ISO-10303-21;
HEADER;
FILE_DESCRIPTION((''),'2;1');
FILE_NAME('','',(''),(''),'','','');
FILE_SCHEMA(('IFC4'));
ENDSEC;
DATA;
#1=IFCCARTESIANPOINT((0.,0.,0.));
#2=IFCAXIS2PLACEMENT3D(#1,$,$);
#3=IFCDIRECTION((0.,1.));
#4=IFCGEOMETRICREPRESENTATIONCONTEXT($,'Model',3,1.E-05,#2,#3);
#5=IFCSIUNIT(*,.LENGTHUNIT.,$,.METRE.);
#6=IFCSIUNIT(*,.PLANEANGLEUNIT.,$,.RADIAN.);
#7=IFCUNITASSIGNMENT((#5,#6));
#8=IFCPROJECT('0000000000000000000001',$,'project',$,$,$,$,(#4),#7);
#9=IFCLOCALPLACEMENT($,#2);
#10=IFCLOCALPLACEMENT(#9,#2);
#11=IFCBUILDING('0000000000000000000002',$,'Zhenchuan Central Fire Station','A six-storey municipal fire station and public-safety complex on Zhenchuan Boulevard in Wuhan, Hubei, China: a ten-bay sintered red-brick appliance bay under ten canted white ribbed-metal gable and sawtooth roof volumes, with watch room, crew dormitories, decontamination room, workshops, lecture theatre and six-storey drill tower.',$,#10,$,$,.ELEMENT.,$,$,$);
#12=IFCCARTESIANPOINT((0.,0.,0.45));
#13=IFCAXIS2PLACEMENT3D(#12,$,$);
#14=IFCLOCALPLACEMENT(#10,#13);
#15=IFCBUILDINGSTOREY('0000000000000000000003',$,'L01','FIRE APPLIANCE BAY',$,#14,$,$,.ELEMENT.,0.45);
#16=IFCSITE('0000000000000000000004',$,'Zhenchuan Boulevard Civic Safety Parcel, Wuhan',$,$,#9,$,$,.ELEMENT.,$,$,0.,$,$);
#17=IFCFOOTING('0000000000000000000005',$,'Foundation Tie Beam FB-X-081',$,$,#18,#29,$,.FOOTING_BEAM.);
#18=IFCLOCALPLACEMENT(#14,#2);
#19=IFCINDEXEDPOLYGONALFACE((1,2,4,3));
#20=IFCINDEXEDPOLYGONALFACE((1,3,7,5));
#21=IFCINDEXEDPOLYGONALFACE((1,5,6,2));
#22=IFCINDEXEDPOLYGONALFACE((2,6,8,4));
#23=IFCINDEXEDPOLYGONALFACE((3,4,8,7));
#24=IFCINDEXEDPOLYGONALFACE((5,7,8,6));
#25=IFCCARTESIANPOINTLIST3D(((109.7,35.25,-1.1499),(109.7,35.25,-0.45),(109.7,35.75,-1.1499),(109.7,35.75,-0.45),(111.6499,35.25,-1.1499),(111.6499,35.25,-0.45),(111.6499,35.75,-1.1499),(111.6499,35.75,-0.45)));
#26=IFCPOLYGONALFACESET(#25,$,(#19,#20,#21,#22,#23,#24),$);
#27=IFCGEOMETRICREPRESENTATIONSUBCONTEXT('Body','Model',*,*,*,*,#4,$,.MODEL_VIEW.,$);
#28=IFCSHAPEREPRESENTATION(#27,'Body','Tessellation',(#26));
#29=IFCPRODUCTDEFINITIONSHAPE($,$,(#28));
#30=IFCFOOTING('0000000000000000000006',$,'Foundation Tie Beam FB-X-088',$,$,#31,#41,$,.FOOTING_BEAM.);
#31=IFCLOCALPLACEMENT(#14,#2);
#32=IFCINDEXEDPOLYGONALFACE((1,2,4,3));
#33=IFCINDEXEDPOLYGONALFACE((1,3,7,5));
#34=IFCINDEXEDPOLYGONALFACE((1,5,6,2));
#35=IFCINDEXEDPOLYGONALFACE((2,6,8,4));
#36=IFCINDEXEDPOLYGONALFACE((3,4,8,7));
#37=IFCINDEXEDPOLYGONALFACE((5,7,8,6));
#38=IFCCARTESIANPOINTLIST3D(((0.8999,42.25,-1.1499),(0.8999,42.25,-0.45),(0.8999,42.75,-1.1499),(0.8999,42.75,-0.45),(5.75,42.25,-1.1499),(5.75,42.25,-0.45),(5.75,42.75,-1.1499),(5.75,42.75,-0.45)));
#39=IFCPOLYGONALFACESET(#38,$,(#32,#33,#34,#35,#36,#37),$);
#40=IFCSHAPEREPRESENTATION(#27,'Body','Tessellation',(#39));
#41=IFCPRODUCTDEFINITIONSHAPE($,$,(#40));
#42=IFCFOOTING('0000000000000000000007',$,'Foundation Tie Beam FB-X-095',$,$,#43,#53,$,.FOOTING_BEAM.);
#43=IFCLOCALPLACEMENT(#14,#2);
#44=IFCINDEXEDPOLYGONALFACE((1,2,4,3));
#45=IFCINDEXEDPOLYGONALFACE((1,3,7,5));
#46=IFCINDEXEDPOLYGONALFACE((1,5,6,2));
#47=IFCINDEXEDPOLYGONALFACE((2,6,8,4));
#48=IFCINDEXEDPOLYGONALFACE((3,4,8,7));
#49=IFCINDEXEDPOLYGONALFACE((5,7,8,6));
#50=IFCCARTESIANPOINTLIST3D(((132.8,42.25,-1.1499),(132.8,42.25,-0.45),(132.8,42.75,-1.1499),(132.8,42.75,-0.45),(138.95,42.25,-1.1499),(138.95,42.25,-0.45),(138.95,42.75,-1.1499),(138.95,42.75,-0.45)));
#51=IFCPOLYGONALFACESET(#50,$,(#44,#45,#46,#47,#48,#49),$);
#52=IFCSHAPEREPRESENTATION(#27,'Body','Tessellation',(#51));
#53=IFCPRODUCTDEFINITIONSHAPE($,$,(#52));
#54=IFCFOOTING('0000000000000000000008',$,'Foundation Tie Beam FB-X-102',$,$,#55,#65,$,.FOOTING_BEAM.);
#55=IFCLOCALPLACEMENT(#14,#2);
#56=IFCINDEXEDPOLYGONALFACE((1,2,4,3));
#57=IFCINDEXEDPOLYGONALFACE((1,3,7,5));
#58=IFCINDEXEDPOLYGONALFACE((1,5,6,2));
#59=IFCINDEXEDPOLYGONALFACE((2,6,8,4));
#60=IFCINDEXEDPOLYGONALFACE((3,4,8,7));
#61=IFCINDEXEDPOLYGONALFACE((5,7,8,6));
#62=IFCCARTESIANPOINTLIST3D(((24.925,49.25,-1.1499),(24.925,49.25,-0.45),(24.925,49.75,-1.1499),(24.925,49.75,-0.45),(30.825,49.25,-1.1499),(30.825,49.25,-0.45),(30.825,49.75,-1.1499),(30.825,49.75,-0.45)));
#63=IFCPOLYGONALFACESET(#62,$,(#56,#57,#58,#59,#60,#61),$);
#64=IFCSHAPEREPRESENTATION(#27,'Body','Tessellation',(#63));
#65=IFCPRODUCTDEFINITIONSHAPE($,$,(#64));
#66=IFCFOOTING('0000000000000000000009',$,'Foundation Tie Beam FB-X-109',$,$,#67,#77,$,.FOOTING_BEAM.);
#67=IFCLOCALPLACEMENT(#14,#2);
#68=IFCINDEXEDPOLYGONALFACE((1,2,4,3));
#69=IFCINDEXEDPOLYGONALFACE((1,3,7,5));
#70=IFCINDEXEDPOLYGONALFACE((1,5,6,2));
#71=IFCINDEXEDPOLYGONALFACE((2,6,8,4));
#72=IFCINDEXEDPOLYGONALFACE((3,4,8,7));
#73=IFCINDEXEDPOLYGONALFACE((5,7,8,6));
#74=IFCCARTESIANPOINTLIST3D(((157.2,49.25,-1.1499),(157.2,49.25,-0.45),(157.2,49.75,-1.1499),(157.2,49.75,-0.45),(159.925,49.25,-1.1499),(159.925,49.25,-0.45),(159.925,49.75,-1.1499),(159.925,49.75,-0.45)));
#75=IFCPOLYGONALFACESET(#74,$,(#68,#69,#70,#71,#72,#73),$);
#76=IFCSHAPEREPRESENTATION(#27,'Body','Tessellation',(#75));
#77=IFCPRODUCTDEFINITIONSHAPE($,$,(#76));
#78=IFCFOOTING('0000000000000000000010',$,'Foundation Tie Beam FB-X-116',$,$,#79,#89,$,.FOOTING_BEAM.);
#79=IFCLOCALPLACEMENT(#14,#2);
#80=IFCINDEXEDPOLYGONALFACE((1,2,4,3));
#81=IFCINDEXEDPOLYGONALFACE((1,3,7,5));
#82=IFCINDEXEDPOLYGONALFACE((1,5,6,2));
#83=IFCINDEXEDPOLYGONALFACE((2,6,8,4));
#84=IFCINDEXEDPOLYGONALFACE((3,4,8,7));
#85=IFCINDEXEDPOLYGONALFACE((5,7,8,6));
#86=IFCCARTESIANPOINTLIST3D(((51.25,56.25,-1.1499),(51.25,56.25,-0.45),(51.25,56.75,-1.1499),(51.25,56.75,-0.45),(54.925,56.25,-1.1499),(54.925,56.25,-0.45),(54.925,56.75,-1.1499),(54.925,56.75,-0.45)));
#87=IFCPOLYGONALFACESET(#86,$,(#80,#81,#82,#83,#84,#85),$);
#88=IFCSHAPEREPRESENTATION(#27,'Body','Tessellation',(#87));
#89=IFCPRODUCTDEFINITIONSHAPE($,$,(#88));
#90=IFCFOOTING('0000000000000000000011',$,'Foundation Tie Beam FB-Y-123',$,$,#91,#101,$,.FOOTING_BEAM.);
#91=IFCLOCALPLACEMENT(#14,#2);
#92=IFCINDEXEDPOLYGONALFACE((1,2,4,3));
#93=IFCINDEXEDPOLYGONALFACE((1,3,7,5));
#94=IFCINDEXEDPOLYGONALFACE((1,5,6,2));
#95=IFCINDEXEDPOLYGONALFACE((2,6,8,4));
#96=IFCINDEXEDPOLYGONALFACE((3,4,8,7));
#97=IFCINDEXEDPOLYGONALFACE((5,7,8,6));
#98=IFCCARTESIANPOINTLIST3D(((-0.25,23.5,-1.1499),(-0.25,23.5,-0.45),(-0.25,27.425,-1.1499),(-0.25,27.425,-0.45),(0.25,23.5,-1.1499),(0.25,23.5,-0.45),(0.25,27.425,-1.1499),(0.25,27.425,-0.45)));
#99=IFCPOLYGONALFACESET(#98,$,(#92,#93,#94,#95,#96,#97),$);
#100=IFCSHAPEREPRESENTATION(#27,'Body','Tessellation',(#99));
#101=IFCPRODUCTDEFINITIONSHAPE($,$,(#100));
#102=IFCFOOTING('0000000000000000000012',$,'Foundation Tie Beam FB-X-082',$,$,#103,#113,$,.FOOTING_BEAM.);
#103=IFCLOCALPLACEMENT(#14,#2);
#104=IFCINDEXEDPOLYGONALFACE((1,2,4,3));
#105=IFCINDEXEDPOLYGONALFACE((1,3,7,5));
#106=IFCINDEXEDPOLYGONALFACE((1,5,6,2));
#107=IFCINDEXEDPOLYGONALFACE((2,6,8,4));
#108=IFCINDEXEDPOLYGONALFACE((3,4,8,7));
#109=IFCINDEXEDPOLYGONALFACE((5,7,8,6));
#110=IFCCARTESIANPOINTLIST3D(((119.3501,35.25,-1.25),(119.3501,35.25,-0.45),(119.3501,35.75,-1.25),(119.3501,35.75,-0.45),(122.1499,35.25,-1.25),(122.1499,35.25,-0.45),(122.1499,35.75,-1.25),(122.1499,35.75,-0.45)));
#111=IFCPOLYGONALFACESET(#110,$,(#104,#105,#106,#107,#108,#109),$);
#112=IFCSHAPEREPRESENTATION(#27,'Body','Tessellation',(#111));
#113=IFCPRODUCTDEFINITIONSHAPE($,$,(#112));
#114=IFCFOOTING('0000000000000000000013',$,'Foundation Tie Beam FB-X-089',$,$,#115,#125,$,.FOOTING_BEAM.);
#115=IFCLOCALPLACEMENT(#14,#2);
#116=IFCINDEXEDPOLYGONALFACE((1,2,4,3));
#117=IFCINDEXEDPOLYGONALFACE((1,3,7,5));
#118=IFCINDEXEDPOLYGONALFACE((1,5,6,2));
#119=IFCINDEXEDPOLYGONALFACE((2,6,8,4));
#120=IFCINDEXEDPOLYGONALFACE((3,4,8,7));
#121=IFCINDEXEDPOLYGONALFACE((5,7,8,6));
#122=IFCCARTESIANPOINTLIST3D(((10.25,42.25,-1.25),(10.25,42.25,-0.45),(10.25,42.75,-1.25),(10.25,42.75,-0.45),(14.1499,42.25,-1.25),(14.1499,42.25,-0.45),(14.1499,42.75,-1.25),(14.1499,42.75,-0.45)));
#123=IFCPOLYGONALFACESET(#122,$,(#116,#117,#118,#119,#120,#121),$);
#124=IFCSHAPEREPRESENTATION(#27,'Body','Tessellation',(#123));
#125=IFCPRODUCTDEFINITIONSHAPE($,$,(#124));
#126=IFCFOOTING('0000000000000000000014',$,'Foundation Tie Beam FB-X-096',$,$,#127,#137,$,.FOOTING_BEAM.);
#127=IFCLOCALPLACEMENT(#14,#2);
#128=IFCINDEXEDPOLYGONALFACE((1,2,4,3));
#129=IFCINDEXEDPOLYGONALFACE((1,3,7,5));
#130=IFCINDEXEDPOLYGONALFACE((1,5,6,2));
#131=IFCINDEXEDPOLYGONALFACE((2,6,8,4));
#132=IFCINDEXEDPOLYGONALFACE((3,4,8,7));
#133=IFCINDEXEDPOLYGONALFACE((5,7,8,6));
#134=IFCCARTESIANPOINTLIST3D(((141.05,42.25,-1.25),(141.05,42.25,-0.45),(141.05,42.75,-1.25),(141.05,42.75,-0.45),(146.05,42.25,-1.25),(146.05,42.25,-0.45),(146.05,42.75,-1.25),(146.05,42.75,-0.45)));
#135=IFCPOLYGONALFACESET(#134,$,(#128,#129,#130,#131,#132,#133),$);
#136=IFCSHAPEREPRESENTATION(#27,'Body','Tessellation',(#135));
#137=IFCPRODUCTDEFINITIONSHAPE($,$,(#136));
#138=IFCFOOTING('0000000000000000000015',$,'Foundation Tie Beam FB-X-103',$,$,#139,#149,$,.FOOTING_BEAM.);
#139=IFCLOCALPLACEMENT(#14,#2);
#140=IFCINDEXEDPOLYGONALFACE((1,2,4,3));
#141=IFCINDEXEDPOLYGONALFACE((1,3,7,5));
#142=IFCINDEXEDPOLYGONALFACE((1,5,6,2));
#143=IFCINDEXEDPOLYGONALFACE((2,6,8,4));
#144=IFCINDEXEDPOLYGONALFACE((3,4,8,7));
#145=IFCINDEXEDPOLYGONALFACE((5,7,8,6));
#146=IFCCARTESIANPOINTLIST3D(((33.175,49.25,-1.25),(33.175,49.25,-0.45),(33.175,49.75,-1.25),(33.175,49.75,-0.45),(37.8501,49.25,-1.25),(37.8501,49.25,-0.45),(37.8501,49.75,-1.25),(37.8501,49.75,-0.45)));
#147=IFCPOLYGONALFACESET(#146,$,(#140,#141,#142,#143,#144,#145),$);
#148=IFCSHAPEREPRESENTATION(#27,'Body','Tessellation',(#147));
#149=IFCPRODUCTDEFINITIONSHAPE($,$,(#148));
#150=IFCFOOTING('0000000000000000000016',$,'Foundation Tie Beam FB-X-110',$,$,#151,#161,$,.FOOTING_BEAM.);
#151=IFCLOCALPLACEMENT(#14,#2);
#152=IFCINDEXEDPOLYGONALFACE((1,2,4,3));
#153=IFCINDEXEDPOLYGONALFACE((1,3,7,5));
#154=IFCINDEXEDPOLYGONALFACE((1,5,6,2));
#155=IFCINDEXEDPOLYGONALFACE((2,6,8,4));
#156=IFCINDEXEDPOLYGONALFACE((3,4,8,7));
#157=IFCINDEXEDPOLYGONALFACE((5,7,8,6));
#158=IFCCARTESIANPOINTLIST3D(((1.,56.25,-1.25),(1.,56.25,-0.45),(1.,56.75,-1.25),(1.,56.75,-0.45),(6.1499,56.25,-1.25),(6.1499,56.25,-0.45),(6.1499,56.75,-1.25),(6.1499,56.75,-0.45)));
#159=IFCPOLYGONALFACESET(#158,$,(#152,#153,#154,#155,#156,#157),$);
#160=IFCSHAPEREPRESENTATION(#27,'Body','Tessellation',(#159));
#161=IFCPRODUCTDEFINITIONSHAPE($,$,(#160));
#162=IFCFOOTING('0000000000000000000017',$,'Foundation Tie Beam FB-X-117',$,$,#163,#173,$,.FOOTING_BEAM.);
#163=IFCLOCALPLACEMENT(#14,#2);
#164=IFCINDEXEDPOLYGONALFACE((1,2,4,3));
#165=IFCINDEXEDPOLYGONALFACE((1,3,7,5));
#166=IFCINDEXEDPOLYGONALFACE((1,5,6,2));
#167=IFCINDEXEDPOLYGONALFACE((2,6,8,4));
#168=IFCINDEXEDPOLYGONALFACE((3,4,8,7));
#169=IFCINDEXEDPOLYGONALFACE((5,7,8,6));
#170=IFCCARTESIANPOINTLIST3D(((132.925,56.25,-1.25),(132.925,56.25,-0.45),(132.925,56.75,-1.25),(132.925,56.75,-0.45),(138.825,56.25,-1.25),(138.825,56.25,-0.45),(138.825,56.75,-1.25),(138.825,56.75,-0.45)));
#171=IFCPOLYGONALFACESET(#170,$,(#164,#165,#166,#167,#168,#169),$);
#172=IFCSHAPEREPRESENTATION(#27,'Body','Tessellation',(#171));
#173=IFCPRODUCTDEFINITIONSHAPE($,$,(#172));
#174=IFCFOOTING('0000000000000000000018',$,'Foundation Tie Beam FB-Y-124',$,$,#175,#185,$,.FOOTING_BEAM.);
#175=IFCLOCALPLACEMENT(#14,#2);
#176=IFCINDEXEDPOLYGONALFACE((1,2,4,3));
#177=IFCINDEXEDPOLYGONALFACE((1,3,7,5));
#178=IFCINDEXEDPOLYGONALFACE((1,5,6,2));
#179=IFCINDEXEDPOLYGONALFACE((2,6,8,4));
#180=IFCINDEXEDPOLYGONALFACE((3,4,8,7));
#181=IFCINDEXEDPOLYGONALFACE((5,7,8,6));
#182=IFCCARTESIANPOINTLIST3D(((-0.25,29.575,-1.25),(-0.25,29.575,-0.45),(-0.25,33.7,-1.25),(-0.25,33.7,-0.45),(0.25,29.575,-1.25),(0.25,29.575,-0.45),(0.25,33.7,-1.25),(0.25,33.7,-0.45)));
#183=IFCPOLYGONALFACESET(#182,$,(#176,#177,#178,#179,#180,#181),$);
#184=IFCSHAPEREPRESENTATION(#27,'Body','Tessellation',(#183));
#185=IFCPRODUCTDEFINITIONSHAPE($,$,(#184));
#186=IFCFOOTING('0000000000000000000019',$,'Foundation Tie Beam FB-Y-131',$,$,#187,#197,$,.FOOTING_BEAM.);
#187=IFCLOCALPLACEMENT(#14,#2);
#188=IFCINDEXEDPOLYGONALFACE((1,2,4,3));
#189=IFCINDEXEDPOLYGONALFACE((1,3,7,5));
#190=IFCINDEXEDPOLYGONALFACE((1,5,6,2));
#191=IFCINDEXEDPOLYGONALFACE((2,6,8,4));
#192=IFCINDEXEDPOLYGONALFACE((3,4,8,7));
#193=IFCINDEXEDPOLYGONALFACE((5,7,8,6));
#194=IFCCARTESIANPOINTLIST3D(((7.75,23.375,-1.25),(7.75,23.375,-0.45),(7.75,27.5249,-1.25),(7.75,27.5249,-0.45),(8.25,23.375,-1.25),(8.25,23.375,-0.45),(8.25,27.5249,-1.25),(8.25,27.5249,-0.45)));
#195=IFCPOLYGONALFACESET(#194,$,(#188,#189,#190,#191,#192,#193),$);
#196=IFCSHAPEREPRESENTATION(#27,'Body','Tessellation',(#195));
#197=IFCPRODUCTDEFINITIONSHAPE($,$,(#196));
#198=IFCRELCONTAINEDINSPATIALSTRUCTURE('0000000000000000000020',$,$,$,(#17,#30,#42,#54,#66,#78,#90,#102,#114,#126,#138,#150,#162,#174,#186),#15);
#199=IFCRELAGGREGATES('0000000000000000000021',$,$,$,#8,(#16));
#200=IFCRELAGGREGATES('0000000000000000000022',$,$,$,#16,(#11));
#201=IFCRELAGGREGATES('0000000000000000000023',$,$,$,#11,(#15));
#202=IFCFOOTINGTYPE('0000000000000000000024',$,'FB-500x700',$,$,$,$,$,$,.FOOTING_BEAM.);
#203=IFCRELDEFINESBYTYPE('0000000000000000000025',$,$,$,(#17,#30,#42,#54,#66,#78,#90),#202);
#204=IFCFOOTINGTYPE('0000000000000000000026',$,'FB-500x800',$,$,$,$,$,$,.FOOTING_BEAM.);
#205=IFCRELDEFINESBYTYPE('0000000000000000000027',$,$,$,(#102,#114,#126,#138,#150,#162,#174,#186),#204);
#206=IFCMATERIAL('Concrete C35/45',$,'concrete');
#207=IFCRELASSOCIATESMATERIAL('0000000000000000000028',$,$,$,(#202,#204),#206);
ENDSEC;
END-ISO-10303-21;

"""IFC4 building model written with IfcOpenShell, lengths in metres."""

from ifc_helpers import new_model, si_unit, direction, frame, origin, place, context, subcontext, project, spatial, polyline, outline, extrude, material, type_object, element, save


model = new_model("IFC4")

# Units and contexts
model_context = context("Model", 3, precision=1e-05, world=origin(), true_north=direction((0.0, 1.0)))
body_context = subcontext(model_context, "Body", "Model", "MODEL_VIEW")
ifc_project = project(units=[si_unit("LENGTHUNIT", "METRE"), si_unit("PLANEANGLEUNIT", "RADIAN")], contexts=[model_context])

# Site, building, storey
site_placement = place(None, origin())
site = spatial("IfcSite", under=ifc_project, at=site_placement, Name="Zhenchuan Boulevard Civic Safety Parcel, Wuhan", CompositionType="ELEMENT", RefElevation=0.0)
building_placement = place(site_placement, origin())
building = spatial("IfcBuilding", under=site, at=building_placement, Name="Zhenchuan Central Fire Station", Description="A six-storey municipal fire station and public-safety complex on Zhenchuan Boulevard in Wuhan, Hubei, China: a ten-bay sintered red-brick appliance bay under ten canted white ribbed-metal gable and sawtooth roof volumes, with watch room, crew dormitories, decontamination room, workshops, lecture theatre and six-storey drill tower.", CompositionType="ELEMENT")
storey_placement = place(building_placement, frame((0.0, 0.0, 0.45)))
storey = spatial("IfcBuildingStorey", under=building, at=storey_placement, Name="L01", Description="FIRE APPLIANCE BAY", CompositionType="ELEMENT", Elevation=0.45)

# Footings
ifc_material = material(Name="Concrete C35/45", Category="concrete")
footing_type_1 = type_object("IfcFootingType", Name="FB-500x700", PredefinedType="FOOTING_BEAM", material=ifc_material)
footing_1_placement = place(storey_placement, frame((0.0, 0.0, -1.1499)))
element("IfcFooting", 1, at=footing_1_placement, inside=storey, type_object=footing_type_1, Name="Foundation Tie Beam FB-X-081", PredefinedType="FOOTING_BEAM", context=body_context, shape_type="SweptSolid", body=[
    extrude(outline(polyline([(109.7, 35.25), (111.6499, 35.25), (111.6499, 35.75), (109.7, 35.75), (109.7, 35.25)])), origin(), (0.0, 0.0, 1.0), 0.7),
])
footing_2_placement = place(storey_placement, frame((0.0, 0.0, -1.1499)))
element("IfcFooting", 2, at=footing_2_placement, inside=storey, type_object=footing_type_1, Name="Foundation Tie Beam FB-X-088", PredefinedType="FOOTING_BEAM", context=body_context, shape_type="SweptSolid", body=[
    extrude(outline(polyline([(0.8999, 42.25), (5.75, 42.25), (5.75, 42.75), (0.8999, 42.75), (0.8999, 42.25)])), origin(), (0.0, 0.0, 1.0), 0.7),
])
footing_3_placement = place(storey_placement, frame((0.0, 0.0, -1.1499)))
element("IfcFooting", 3, at=footing_3_placement, inside=storey, type_object=footing_type_1, Name="Foundation Tie Beam FB-X-095", PredefinedType="FOOTING_BEAM", context=body_context, shape_type="SweptSolid", body=[
    extrude(outline(polyline([(132.8, 42.25), (138.95, 42.25), (138.95, 42.75), (132.8, 42.75), (132.8, 42.25)])), origin(), (0.0, 0.0, 1.0), 0.7),
])
footing_4_placement = place(storey_placement, frame((0.0, 0.0, -1.1499)))
element("IfcFooting", 4, at=footing_4_placement, inside=storey, type_object=footing_type_1, Name="Foundation Tie Beam FB-X-102", PredefinedType="FOOTING_BEAM", context=body_context, shape_type="SweptSolid", body=[
    extrude(outline(polyline([(24.925, 49.25), (30.825, 49.25), (30.825, 49.75), (24.925, 49.75), (24.925, 49.25)])), origin(), (0.0, 0.0, 1.0), 0.7),
])
footing_5_placement = place(storey_placement, frame((0.0, 0.0, -1.1499)))
element("IfcFooting", 5, at=footing_5_placement, inside=storey, type_object=footing_type_1, Name="Foundation Tie Beam FB-X-109", PredefinedType="FOOTING_BEAM", context=body_context, shape_type="SweptSolid", body=[
    extrude(outline(polyline([(157.2, 49.25), (159.925, 49.25), (159.925, 49.75), (157.2, 49.75), (157.2, 49.25)])), origin(), (0.0, 0.0, 1.0), 0.7),
])
footing_6_placement = place(storey_placement, frame((0.0, 0.0, -1.1499)))
element("IfcFooting", 6, at=footing_6_placement, inside=storey, type_object=footing_type_1, Name="Foundation Tie Beam FB-X-116", PredefinedType="FOOTING_BEAM", context=body_context, shape_type="SweptSolid", body=[
    extrude(outline(polyline([(51.25, 56.25), (54.925, 56.25), (54.925, 56.75), (51.25, 56.75), (51.25, 56.25)])), origin(), (0.0, 0.0, 1.0), 0.7),
])
footing_7_placement = place(storey_placement, frame((0.0, 0.0, -1.1499)))
element("IfcFooting", 7, at=footing_7_placement, inside=storey, type_object=footing_type_1, Name="Foundation Tie Beam FB-Y-123", PredefinedType="FOOTING_BEAM", context=body_context, shape_type="SweptSolid", body=[
    extrude(outline(polyline([(-0.25, 23.5), (0.25, 23.5), (0.25, 27.425), (-0.25, 27.425), (-0.25, 23.5)])), origin(), (0.0, 0.0, 1.0), 0.7),
])
footing_type_2 = type_object("IfcFootingType", Name="FB-500x800", PredefinedType="FOOTING_BEAM", material=ifc_material)
footing_8_placement = place(storey_placement, frame((0.0, 0.0, -1.25)))
element("IfcFooting", 8, at=footing_8_placement, inside=storey, type_object=footing_type_2, Name="Foundation Tie Beam FB-X-082", PredefinedType="FOOTING_BEAM", context=body_context, shape_type="SweptSolid", body=[
    extrude(outline(polyline([(119.3501, 35.25), (122.1499, 35.25), (122.1499, 35.75), (119.3501, 35.75), (119.3501, 35.25)])), origin(), (0.0, 0.0, 1.0), 0.8),
])
footing_9_placement = place(storey_placement, frame((0.0, 0.0, -1.25)))
element("IfcFooting", 9, at=footing_9_placement, inside=storey, type_object=footing_type_2, Name="Foundation Tie Beam FB-X-089", PredefinedType="FOOTING_BEAM", context=body_context, shape_type="SweptSolid", body=[
    extrude(outline(polyline([(10.25, 42.25), (14.1499, 42.25), (14.1499, 42.75), (10.25, 42.75), (10.25, 42.25)])), origin(), (0.0, 0.0, 1.0), 0.8),
])
footing_10_placement = place(storey_placement, frame((0.0, 0.0, -1.25)))
element("IfcFooting", 10, at=footing_10_placement, inside=storey, type_object=footing_type_2, Name="Foundation Tie Beam FB-X-096", PredefinedType="FOOTING_BEAM", context=body_context, shape_type="SweptSolid", body=[
    extrude(outline(polyline([(141.05, 42.25), (146.05, 42.25), (146.05, 42.75), (141.05, 42.75), (141.05, 42.25)])), origin(), (0.0, 0.0, 1.0), 0.8),
])
footing_11_placement = place(storey_placement, frame((0.0, 0.0, -1.25)))
element("IfcFooting", 11, at=footing_11_placement, inside=storey, type_object=footing_type_2, Name="Foundation Tie Beam FB-X-103", PredefinedType="FOOTING_BEAM", context=body_context, shape_type="SweptSolid", body=[
    extrude(outline(polyline([(33.175, 49.25), (37.8501, 49.25), (37.8501, 49.75), (33.175, 49.75), (33.175, 49.25)])), origin(), (0.0, 0.0, 1.0), 0.8),
])
footing_12_placement = place(storey_placement, frame((0.0, 0.0, -1.25)))
element("IfcFooting", 12, at=footing_12_placement, inside=storey, type_object=footing_type_2, Name="Foundation Tie Beam FB-X-110", PredefinedType="FOOTING_BEAM", context=body_context, shape_type="SweptSolid", body=[
    extrude(outline(polyline([(1.0, 56.25), (6.1499, 56.25), (6.1499, 56.75), (1.0, 56.75), (1.0, 56.25)])), origin(), (0.0, 0.0, 1.0), 0.8),
])
footing_13_placement = place(storey_placement, frame((0.0, 0.0, -1.25)))
element("IfcFooting", 13, at=footing_13_placement, inside=storey, type_object=footing_type_2, Name="Foundation Tie Beam FB-X-117", PredefinedType="FOOTING_BEAM", context=body_context, shape_type="SweptSolid", body=[
    extrude(outline(polyline([(132.925, 56.25), (138.825, 56.25), (138.825, 56.75), (132.925, 56.75), (132.925, 56.25)])), origin(), (0.0, 0.0, 1.0), 0.8),
])
footing_14_placement = place(storey_placement, frame((0.0, 0.0, -1.25)))
element("IfcFooting", 14, at=footing_14_placement, inside=storey, type_object=footing_type_2, Name="Foundation Tie Beam FB-Y-124", PredefinedType="FOOTING_BEAM", context=body_context, shape_type="SweptSolid", body=[
    extrude(outline(polyline([(-0.25, 29.575), (0.25, 29.575), (0.25, 33.7), (-0.25, 33.7), (-0.25, 29.575)])), origin(), (0.0, 0.0, 1.0), 0.8),
])
footing_15_placement = place(storey_placement, frame((0.0, 0.0, -1.25)))
element("IfcFooting", 15, at=footing_15_placement, inside=storey, type_object=footing_type_2, Name="Foundation Tie Beam FB-Y-131", PredefinedType="FOOTING_BEAM", context=body_context, shape_type="SweptSolid", body=[
    extrude(outline(polyline([(7.75, 23.375), (8.25, 23.375), (8.25, 27.5249), (7.75, 27.5249), (7.75, 23.375)])), origin(), (0.0, 0.0, 1.0), 0.8),
])

save(model, "model.ifc")
